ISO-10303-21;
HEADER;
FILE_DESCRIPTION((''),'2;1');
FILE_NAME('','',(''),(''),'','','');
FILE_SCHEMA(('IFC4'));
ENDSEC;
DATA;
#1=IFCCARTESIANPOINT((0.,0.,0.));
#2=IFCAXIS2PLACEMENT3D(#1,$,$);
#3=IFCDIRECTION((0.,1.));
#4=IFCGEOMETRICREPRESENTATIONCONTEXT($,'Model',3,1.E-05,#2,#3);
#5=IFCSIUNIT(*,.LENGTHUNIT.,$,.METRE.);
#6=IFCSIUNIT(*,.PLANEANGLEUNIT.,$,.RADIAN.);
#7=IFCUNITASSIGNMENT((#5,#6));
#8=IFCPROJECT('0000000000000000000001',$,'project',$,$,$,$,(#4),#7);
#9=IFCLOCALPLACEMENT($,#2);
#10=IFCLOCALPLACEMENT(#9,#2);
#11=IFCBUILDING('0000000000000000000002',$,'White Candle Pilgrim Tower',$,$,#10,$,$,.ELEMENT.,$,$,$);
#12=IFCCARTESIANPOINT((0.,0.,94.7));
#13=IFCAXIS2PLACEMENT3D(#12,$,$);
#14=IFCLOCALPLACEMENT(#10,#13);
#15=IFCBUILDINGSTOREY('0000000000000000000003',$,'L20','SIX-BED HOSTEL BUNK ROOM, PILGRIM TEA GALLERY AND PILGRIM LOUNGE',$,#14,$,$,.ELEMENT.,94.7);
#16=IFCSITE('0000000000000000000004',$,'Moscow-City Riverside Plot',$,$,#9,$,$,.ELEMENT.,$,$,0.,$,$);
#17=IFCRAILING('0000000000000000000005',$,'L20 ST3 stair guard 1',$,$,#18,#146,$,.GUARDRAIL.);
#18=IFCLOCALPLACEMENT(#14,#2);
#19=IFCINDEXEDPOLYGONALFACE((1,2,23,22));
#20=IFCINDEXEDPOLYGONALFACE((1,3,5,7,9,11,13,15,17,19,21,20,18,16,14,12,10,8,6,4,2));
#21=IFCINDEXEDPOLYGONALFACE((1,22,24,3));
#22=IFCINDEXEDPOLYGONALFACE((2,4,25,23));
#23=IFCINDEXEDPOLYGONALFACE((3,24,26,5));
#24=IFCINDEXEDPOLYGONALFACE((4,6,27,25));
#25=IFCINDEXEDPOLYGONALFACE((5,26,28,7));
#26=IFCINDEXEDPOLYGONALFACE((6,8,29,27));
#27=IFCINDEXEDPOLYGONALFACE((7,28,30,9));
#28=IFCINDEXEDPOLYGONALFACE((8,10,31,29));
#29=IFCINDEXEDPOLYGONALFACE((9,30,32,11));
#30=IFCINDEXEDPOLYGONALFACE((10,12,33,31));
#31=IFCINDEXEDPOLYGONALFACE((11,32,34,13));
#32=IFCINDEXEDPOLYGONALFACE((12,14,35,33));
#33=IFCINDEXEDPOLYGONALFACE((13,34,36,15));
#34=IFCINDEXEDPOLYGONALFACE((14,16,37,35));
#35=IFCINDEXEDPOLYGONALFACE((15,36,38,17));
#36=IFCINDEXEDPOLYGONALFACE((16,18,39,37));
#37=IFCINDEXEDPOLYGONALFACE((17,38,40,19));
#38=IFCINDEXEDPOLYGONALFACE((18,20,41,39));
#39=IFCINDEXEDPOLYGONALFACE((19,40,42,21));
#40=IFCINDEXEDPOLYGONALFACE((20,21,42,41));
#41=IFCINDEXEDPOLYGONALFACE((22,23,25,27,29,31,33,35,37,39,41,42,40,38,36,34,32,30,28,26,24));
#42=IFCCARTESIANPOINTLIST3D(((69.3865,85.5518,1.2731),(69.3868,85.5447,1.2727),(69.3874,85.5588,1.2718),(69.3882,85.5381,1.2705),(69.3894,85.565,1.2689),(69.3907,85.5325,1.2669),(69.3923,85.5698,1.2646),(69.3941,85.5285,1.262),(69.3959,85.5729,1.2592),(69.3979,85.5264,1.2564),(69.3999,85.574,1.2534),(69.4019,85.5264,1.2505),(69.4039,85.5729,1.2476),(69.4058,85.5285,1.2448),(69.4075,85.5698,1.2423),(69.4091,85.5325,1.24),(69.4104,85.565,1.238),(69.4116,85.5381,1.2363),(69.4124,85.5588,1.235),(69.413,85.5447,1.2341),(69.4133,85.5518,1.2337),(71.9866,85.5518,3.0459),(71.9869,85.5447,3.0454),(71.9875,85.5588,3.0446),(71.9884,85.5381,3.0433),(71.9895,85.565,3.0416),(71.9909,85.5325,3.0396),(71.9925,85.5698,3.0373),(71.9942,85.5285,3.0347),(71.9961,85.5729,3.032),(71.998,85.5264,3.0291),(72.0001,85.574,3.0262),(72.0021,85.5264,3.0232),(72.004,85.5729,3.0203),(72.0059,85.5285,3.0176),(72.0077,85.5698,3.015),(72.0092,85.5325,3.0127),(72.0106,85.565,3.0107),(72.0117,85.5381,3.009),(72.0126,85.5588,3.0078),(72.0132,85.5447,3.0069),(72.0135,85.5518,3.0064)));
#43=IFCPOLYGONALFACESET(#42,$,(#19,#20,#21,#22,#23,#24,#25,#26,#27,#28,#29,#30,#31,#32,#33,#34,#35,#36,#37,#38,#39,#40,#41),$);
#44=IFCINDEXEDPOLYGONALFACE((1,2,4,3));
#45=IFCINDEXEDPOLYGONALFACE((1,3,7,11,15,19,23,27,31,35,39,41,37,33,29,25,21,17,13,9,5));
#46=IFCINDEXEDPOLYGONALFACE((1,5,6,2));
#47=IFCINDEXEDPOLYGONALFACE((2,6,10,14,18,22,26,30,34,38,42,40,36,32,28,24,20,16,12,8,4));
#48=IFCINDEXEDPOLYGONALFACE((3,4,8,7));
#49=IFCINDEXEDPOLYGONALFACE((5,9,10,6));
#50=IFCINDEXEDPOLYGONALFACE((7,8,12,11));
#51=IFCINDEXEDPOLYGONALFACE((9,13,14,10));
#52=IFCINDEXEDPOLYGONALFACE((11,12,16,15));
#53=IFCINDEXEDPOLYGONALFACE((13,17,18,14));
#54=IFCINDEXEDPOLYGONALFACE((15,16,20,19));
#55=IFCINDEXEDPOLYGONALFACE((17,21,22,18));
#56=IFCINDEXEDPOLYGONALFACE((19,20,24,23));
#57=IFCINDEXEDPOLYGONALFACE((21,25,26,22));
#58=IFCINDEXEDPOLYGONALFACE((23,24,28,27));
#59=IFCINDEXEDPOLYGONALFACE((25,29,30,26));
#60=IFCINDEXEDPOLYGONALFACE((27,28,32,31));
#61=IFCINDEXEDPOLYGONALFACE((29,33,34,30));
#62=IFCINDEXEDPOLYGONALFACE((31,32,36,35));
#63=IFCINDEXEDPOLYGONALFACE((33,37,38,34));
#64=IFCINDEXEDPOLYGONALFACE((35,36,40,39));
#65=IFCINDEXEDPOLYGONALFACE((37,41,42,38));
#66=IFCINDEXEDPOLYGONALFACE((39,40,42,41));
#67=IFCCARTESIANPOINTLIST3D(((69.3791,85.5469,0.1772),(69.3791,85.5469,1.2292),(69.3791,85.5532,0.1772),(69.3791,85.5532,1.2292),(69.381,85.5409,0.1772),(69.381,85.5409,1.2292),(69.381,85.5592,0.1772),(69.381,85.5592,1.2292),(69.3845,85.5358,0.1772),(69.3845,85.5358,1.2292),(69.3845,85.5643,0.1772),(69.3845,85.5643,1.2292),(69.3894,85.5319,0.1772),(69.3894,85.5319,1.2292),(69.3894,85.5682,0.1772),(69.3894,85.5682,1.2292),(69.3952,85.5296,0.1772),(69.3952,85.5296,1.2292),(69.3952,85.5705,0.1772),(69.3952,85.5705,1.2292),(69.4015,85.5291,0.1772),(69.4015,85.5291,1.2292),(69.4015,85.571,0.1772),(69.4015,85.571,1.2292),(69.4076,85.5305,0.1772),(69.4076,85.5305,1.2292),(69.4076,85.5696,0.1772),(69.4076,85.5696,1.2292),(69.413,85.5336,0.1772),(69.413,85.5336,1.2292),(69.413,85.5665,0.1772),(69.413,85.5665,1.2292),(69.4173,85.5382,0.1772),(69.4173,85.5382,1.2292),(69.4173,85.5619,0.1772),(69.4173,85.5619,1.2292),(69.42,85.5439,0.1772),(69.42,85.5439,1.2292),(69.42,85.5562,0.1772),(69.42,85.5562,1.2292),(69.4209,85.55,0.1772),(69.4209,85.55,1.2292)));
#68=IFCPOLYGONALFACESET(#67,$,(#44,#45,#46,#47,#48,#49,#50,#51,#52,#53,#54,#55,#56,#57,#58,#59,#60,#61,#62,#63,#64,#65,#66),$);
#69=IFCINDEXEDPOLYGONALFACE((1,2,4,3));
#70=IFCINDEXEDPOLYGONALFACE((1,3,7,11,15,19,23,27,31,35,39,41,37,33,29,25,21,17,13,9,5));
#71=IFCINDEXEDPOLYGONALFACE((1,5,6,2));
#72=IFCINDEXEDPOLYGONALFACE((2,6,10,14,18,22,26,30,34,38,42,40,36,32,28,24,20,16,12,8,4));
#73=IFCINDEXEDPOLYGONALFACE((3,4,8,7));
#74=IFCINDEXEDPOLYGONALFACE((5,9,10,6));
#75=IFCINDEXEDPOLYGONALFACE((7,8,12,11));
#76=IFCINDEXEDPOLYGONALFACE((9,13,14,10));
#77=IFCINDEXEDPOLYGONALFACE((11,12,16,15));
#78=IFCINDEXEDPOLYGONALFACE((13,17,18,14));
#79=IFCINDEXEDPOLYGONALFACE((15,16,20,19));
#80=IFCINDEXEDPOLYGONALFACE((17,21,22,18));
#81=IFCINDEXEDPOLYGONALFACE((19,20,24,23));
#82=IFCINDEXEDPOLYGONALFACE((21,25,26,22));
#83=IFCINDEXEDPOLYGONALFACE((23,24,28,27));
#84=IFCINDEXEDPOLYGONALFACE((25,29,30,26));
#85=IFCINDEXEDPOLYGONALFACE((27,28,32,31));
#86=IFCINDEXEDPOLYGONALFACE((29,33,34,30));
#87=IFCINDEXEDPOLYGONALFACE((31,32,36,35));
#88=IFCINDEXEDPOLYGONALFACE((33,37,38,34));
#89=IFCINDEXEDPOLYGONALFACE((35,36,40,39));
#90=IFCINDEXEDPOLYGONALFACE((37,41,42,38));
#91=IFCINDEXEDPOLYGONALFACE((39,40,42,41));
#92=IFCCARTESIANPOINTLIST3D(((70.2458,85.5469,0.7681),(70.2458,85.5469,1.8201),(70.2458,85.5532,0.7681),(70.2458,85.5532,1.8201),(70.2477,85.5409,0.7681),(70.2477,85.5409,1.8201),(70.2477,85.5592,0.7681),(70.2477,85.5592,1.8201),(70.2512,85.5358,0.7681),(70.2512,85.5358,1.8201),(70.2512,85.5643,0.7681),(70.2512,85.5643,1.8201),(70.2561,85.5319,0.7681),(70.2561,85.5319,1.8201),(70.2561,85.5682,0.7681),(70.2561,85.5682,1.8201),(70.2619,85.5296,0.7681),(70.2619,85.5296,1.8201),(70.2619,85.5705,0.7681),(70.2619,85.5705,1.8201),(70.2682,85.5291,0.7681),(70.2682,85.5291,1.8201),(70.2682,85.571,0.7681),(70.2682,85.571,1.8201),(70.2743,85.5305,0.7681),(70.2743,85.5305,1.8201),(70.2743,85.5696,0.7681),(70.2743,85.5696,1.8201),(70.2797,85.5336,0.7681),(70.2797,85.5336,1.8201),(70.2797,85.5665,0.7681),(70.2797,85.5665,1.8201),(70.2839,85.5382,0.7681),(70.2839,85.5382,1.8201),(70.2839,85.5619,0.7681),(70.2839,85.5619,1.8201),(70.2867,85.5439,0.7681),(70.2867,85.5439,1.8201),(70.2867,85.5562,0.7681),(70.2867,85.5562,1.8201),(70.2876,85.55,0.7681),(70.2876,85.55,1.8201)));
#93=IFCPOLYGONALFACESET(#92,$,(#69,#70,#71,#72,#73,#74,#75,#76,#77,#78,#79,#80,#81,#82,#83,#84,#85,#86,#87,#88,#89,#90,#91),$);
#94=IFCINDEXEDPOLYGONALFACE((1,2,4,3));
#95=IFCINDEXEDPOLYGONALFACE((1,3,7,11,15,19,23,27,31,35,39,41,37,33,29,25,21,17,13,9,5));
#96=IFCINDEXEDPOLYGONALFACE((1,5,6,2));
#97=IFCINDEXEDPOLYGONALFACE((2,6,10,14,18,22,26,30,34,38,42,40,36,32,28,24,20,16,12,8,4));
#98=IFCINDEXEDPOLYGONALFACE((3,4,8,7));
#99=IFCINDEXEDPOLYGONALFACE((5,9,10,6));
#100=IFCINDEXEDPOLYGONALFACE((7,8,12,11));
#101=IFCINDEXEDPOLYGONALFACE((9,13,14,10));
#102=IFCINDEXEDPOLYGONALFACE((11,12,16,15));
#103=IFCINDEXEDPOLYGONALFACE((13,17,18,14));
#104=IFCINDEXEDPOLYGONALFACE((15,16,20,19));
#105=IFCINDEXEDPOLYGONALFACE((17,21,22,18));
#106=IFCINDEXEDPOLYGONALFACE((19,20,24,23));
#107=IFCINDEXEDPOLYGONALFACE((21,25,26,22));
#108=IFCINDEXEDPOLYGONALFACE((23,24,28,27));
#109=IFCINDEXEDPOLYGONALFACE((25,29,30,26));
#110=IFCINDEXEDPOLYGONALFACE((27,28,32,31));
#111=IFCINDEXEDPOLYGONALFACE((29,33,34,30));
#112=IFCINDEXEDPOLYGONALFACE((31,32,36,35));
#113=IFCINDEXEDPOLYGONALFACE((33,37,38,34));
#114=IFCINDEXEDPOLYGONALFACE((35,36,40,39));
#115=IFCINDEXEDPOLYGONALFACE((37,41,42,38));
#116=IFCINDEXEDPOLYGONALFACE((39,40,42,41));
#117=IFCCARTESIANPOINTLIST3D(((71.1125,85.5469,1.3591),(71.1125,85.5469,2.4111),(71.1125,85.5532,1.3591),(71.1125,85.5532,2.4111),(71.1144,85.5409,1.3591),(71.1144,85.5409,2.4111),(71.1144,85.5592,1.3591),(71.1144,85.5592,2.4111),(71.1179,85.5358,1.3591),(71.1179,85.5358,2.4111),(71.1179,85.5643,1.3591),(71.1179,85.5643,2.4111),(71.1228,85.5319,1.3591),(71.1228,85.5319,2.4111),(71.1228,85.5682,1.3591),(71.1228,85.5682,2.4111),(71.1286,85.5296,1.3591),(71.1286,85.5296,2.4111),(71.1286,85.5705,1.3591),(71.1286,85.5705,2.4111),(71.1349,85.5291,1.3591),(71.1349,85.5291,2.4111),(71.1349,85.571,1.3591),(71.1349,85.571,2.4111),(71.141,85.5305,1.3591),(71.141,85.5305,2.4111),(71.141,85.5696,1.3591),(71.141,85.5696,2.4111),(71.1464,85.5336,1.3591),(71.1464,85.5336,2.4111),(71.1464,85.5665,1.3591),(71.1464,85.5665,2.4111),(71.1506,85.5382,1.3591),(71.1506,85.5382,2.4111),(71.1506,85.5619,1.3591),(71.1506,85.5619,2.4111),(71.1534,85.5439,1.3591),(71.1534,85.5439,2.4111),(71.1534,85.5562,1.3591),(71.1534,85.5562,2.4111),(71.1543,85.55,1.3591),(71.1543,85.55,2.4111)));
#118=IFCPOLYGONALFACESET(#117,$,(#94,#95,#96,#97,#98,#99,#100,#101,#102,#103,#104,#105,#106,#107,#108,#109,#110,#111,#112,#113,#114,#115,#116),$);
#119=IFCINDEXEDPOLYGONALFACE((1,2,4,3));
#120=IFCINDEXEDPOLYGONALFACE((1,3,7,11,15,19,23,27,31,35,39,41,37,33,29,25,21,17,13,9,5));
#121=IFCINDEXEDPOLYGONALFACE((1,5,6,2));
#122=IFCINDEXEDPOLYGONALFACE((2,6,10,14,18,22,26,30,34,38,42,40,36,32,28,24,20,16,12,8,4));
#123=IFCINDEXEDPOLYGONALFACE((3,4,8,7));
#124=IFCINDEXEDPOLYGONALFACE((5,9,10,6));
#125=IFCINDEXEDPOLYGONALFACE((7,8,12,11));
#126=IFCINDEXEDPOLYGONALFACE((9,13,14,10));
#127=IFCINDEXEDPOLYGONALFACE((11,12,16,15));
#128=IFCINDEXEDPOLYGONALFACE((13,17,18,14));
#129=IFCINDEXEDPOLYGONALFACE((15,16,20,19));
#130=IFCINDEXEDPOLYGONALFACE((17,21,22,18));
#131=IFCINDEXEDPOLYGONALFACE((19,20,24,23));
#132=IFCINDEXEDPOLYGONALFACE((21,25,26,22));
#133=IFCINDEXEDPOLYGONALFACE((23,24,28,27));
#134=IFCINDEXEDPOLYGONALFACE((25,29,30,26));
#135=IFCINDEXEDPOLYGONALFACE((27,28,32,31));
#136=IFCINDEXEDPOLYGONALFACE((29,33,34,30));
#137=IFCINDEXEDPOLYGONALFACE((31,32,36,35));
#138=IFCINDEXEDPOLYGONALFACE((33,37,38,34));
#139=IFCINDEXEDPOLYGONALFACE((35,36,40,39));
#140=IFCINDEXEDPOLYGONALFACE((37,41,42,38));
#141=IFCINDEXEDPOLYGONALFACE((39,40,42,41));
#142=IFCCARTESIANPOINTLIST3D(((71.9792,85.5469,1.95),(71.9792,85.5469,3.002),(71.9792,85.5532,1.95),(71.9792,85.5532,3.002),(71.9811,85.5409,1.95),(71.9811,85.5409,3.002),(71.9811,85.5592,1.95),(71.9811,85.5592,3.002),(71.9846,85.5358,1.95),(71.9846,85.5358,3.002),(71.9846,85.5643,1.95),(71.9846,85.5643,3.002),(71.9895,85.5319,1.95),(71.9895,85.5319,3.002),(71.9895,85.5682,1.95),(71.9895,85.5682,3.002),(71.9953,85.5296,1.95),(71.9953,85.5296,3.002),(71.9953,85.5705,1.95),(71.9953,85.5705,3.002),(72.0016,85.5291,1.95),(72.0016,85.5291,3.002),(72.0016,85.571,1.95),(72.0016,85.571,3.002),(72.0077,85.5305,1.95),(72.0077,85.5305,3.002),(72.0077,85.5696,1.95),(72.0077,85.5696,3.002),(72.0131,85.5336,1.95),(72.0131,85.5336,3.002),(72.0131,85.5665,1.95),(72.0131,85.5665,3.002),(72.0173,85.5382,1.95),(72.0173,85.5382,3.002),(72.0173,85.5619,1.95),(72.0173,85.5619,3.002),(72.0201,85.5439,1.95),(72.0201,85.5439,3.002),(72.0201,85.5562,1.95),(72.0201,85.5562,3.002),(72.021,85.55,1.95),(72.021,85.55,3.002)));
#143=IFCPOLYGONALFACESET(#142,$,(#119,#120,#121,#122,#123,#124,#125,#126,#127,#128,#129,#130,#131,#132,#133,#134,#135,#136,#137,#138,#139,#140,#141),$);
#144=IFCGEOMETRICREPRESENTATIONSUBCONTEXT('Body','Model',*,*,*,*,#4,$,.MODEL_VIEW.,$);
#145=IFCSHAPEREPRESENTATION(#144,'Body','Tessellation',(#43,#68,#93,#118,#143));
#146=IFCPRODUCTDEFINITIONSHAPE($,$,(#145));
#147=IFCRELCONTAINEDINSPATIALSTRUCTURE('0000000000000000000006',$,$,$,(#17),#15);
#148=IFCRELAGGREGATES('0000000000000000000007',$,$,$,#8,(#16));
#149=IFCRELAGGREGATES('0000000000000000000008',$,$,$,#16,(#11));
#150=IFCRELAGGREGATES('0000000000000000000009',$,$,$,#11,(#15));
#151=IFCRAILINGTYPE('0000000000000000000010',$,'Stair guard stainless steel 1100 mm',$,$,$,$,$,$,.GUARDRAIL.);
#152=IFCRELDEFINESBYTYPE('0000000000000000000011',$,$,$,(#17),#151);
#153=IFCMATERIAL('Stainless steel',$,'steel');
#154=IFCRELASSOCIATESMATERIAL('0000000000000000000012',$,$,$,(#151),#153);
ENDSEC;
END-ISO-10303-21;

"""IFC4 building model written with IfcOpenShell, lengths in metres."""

from ifc_helpers import new_model, si_unit, direction, frame, origin, origin_2d, place, context, subcontext, project, spatial, circle, extrude, material, type_object, element, save


model = new_model("IFC4")

# Units and contexts
model_context = context("Model", 3, precision=1e-05, world=origin(), true_north=direction((0.0, 1.0)))
body_context = subcontext(model_context, "Body", "Model", "MODEL_VIEW")
ifc_project = project(units=[si_unit("LENGTHUNIT", "METRE"), si_unit("PLANEANGLEUNIT", "RADIAN")], contexts=[model_context])

# Site, building, storey
site_placement = place(None, origin())
site = spatial("IfcSite", under=ifc_project, at=site_placement, Name="Moscow-City Riverside Plot", CompositionType="ELEMENT", RefElevation=0.0)
building_placement = place(site_placement, origin())
building = spatial("IfcBuilding", under=site, at=building_placement, Name="White Candle Pilgrim Tower", CompositionType="ELEMENT")
storey_placement = place(building_placement, frame((0.0, 0.0, 94.7)))
storey = spatial("IfcBuildingStorey", under=building, at=storey_placement, Name="L20", Description="SIX-BED HOSTEL BUNK ROOM, PILGRIM TEA GALLERY AND PILGRIM LOUNGE", CompositionType="ELEMENT", Elevation=94.7)

# Railing
ifc_material_1 = material(Name="Stainless steel", Category="steel")
railing_type_1 = type_object("IfcRailingType", Name="Stair guard stainless steel 1100 mm", PredefinedType="GUARDRAIL", material=ifc_material_1)
railing_1_placement = place(storey_placement, frame((69.3999, 85.55, 0.1772)))
element("IfcRailing", 1, at=railing_1_placement, inside=storey, type_object=railing_type_1, Name="L20 ST3 stair guard 1", PredefinedType="GUARDRAIL", context=body_context, shape_type="SweptSolid", body=[
    extrude(circle(Radius=0.0239, at=origin_2d()), frame((0.0, 0.0, 1.0762), z_axis=(0.82624, 0.0, 0.563318), x_axis=(0.0, 1.0, 0.0)), (0.0, 0.0, 1.0), 3.147),
    extrude(circle(Radius=0.021, at=origin_2d()), origin(), (0.0, 0.0, 1.0), 1.052),
    extrude(circle(Radius=0.021, at=origin_2d()), frame((0.8667, 0.0, 0.5908)), (0.0, 0.0, 1.0), 1.052),
    extrude(circle(Radius=0.021, at=origin_2d()), frame((1.7334, 0.0, 1.1819)), (0.0, 0.0, 1.0), 1.052),
    extrude(circle(Radius=0.021, at=origin_2d()), frame((2.6001, 0.0, 1.7727)), (0.0, 0.0, 1.0), 1.052),
])

save(model, "model.ifc")
